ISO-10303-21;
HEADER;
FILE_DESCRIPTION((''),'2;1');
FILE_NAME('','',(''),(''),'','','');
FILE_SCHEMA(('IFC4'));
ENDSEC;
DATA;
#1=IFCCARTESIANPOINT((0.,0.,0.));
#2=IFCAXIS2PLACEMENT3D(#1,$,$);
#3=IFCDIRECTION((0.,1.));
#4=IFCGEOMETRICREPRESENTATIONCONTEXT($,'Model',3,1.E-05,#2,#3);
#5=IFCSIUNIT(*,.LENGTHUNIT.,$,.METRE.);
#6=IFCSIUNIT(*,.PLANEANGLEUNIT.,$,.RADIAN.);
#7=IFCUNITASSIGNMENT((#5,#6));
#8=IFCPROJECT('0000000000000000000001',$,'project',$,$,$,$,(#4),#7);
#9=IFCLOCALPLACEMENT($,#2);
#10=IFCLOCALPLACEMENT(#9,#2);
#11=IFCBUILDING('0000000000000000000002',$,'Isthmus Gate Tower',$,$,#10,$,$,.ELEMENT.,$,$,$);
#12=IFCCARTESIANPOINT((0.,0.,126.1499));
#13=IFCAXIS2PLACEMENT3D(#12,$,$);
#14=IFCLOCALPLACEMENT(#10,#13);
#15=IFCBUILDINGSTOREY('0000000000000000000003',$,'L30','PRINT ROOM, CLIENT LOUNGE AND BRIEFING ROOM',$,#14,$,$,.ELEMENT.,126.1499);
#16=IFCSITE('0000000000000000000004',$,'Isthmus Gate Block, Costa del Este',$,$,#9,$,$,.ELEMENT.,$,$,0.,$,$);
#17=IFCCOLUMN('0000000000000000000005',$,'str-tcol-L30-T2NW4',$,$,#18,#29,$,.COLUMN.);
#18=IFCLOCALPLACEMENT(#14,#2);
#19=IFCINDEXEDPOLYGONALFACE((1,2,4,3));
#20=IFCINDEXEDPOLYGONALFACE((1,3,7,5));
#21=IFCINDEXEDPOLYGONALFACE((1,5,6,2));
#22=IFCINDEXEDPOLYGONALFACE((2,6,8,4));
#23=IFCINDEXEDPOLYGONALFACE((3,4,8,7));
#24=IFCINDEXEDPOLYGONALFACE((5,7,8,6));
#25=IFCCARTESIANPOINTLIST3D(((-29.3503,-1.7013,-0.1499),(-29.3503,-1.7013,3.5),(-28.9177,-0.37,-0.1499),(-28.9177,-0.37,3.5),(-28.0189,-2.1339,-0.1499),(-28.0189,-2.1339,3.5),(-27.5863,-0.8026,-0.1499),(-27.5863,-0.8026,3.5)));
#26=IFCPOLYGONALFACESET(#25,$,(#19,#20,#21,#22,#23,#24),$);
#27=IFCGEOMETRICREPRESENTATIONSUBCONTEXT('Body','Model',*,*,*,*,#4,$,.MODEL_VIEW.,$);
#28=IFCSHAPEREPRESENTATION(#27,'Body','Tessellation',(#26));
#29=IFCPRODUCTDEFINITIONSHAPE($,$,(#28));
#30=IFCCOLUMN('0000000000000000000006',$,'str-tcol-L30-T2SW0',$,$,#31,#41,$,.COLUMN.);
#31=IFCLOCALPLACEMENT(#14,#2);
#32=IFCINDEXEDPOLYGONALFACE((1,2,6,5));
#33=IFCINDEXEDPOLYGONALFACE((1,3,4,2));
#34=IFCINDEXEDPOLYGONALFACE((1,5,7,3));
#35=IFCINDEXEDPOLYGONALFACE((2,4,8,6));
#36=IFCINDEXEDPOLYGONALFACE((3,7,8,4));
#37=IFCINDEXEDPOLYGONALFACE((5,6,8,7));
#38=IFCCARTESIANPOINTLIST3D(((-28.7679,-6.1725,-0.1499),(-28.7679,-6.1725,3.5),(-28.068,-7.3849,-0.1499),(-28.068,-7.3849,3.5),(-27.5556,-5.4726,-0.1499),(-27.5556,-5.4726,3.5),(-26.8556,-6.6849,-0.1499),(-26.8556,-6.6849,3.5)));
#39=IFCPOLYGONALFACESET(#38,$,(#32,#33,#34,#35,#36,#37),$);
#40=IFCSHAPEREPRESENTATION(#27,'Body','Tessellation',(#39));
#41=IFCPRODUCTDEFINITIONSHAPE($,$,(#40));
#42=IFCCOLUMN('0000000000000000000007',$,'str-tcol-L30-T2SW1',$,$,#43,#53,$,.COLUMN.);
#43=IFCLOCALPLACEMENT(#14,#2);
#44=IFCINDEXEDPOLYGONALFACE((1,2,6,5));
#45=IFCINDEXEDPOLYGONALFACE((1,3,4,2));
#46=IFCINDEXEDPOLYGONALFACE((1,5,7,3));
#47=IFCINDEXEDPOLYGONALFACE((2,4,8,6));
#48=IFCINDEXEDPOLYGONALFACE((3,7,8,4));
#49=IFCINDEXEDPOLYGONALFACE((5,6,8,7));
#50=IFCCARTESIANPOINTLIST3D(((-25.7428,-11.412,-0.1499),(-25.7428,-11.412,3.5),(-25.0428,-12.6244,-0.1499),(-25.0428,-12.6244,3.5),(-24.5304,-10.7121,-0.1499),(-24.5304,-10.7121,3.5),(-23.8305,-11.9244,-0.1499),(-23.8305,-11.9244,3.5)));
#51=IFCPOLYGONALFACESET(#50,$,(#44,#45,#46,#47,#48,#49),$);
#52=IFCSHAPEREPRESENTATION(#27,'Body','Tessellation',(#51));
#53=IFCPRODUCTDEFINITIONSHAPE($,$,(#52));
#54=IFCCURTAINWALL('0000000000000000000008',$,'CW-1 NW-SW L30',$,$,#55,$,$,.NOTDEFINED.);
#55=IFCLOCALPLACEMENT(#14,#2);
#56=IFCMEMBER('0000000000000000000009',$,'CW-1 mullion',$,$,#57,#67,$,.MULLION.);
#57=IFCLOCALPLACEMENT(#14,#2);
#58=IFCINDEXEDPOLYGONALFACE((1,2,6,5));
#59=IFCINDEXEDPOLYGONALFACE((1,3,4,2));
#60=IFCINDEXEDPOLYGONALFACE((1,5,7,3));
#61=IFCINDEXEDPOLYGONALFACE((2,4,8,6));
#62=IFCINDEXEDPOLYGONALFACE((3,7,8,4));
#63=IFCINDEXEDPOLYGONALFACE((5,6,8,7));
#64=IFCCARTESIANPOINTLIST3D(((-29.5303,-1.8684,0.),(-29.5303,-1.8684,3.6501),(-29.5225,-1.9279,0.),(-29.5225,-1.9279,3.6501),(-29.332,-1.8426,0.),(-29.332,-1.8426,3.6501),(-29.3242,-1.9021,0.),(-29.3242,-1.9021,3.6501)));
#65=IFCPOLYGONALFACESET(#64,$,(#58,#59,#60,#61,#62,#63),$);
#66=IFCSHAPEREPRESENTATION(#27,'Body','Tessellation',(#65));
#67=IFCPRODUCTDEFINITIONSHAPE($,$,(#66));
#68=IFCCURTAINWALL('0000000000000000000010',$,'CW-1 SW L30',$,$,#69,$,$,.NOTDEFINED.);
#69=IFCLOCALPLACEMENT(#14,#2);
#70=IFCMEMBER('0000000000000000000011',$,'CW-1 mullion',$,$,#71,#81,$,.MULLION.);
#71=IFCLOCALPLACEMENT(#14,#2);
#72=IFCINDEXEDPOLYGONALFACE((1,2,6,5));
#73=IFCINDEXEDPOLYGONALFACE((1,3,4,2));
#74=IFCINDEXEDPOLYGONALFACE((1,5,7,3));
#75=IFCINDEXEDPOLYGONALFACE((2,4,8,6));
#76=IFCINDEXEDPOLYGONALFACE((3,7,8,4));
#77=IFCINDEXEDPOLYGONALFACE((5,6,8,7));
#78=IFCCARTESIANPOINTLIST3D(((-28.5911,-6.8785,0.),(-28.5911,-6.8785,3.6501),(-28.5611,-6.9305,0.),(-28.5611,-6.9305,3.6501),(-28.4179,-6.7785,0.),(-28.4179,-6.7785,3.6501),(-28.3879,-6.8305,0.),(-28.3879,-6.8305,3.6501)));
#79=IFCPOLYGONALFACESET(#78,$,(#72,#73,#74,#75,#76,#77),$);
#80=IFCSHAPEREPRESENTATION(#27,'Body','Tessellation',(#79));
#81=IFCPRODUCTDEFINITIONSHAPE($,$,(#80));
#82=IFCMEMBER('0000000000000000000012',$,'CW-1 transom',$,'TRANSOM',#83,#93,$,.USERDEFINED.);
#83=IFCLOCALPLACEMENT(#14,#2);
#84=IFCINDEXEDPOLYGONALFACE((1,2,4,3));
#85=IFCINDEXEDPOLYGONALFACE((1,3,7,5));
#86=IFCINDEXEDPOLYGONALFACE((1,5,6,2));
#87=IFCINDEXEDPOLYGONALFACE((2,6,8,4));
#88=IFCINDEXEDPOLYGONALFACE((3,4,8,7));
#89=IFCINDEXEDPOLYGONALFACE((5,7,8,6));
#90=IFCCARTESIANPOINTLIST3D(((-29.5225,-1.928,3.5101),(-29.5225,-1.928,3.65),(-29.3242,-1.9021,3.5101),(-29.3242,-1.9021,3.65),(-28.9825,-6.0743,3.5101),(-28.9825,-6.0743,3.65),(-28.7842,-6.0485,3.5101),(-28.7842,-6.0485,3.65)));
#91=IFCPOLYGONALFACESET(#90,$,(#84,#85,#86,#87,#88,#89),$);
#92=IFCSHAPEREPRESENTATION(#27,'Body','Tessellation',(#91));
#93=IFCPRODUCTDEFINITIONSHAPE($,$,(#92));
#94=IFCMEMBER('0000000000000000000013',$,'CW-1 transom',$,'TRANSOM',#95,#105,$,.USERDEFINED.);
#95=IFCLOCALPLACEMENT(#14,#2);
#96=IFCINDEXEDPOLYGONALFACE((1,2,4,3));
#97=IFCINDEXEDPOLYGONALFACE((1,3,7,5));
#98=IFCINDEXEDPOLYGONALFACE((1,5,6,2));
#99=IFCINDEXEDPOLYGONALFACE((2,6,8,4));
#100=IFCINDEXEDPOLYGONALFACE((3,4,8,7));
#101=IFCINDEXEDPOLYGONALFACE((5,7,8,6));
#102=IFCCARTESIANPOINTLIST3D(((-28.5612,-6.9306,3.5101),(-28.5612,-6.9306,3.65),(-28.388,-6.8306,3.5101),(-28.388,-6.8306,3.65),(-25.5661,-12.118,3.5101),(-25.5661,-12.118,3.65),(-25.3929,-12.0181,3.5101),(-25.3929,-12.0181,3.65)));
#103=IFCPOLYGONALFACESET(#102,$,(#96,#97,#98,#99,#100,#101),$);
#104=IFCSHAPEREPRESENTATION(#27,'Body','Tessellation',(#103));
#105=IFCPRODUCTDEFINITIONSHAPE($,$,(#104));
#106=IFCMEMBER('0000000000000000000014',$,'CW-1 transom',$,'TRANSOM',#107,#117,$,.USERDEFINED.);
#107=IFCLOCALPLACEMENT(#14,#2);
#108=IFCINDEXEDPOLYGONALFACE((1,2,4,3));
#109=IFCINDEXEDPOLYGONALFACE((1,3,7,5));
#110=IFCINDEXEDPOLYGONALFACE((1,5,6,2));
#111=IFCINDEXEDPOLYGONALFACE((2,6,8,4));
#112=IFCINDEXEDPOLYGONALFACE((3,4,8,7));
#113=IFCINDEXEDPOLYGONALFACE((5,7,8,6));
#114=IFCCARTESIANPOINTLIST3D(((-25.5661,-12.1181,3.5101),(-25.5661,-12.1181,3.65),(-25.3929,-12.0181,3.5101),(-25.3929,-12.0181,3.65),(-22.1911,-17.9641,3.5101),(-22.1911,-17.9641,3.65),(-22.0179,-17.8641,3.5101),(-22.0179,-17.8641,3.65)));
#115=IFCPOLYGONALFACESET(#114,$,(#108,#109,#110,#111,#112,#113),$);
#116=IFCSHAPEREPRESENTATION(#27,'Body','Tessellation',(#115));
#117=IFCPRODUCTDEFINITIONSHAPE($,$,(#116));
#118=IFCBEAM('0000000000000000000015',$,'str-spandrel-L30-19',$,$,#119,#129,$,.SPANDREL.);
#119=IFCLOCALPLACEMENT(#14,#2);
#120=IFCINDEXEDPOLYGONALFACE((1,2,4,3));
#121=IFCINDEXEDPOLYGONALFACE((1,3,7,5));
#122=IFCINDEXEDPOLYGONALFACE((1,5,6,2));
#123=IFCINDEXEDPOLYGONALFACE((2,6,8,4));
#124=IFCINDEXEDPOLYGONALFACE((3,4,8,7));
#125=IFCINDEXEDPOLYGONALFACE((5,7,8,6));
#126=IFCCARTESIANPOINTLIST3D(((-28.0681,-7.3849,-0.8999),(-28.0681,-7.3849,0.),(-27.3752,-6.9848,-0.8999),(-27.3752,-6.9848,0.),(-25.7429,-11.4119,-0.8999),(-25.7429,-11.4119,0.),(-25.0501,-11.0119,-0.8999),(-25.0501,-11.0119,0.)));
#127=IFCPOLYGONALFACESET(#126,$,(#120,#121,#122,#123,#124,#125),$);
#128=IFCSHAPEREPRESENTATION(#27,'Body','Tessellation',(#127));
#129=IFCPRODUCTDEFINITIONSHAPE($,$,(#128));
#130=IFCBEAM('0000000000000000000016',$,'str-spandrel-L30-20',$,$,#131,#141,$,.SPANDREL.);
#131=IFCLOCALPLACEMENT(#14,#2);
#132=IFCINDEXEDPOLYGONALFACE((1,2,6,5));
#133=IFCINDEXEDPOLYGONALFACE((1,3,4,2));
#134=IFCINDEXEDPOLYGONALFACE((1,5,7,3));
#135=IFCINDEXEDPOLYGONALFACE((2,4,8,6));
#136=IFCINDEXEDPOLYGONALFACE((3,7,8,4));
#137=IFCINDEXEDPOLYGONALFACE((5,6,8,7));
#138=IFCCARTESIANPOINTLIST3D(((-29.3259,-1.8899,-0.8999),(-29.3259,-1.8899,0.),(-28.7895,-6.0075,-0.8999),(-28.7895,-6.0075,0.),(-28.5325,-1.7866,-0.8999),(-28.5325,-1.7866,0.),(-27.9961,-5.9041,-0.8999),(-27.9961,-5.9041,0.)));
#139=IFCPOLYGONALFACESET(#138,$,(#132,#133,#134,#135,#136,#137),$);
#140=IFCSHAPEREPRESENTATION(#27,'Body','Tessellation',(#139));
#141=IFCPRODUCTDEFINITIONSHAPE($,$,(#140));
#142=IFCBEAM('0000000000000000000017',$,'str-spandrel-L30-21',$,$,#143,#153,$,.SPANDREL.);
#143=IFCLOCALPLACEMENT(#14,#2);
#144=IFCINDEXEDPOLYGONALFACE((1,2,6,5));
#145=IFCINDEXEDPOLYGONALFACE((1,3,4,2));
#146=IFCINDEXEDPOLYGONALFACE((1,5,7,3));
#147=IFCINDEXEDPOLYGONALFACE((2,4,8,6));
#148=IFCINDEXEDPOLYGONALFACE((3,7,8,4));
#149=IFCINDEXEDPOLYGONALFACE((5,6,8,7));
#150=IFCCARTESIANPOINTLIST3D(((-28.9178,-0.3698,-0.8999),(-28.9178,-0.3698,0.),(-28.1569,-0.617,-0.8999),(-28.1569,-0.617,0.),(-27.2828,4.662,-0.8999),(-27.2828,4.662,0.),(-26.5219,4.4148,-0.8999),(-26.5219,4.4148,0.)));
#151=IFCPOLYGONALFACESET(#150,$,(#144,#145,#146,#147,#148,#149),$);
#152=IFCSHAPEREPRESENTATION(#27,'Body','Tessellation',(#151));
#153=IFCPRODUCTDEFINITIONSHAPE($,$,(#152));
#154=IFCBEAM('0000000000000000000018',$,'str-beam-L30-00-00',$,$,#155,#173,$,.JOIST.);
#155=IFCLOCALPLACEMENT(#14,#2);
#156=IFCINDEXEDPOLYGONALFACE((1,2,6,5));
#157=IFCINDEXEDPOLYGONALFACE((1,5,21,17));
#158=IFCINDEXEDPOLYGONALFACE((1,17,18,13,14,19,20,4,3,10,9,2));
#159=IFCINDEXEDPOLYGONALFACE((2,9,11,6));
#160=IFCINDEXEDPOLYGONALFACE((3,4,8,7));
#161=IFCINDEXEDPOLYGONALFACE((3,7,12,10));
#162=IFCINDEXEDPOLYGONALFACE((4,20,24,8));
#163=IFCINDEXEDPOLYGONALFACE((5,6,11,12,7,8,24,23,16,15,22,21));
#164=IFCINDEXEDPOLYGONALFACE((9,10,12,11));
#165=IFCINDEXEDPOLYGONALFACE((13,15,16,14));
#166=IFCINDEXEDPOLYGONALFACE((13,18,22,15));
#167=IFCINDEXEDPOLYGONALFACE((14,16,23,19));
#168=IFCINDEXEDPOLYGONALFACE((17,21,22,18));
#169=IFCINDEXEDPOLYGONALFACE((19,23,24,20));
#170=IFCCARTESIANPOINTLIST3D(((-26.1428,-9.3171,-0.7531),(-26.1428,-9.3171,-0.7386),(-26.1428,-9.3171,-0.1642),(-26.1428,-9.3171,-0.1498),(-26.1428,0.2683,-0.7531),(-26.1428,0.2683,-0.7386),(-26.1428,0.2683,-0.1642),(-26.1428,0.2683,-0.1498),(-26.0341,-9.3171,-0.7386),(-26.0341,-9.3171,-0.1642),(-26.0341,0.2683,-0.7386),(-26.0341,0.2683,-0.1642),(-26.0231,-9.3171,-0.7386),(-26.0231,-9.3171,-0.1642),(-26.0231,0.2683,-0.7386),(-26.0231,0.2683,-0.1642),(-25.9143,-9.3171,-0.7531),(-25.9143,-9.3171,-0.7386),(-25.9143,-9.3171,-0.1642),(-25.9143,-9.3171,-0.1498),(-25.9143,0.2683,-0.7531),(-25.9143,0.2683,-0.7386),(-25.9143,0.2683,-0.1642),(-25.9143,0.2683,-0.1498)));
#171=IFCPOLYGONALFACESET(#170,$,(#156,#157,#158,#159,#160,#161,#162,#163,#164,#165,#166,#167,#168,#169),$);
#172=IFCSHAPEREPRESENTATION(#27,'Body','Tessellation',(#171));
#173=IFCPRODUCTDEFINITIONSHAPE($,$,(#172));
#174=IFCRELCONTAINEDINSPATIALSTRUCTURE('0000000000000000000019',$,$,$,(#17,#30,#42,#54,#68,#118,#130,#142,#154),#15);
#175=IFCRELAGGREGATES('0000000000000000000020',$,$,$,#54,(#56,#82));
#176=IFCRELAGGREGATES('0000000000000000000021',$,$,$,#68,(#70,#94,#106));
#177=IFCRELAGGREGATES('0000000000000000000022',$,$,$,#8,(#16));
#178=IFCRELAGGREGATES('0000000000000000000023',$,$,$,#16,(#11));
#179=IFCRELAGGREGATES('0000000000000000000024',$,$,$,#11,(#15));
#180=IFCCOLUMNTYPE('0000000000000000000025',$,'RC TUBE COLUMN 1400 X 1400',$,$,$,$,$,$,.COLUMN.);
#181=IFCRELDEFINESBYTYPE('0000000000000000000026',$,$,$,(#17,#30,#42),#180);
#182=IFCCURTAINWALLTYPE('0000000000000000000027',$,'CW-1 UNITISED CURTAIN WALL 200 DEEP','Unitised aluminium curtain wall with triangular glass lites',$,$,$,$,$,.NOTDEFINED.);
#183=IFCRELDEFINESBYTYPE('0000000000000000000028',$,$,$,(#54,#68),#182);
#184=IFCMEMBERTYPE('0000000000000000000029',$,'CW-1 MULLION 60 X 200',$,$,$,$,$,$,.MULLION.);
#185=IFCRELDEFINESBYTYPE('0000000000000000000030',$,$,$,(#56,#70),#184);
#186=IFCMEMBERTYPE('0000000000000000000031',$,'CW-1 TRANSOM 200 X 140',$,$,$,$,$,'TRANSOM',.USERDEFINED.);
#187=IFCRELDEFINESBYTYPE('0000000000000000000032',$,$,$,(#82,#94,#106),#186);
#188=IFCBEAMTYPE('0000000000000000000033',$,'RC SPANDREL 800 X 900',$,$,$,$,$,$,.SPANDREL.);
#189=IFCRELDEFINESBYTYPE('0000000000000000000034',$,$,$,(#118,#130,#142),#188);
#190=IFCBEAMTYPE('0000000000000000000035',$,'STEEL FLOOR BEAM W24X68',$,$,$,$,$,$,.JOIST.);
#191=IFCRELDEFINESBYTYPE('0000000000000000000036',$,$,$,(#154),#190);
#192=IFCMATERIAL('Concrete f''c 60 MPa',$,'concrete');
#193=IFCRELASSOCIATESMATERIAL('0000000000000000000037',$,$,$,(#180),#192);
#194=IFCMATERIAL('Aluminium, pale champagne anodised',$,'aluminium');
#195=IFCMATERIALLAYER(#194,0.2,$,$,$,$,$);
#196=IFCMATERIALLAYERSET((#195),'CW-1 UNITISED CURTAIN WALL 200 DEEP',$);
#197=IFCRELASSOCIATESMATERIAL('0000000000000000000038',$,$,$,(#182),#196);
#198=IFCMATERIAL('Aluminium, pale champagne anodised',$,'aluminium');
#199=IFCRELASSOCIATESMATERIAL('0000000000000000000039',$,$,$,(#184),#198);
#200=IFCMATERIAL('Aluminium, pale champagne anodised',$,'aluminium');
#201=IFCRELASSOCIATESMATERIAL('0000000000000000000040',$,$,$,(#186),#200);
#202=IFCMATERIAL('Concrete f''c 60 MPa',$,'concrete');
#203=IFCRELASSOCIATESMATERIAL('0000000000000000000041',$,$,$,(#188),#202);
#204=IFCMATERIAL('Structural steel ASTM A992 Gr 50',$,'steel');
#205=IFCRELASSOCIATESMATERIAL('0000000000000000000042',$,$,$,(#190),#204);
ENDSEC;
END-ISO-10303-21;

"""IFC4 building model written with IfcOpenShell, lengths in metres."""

from ifc_helpers import new_model, si_unit, direction, frame, origin, origin_2d, place, context, subcontext, project, spatial, rectangle, i_section, extrude, material, layer, layer_set, material_profile, profile_set, type_object, element, aggregate, save


model = new_model("IFC4")

# Units and contexts
model_context = context("Model", 3, precision=1e-05, world=origin(), true_north=direction((0.0, 1.0)))
body_context = subcontext(model_context, "Body", "Model", "MODEL_VIEW")
ifc_project = project(units=[si_unit("LENGTHUNIT", "METRE"), si_unit("PLANEANGLEUNIT", "RADIAN")], contexts=[model_context])

# Site, building, storey
site_placement = place(None, origin())
site = spatial("IfcSite", under=ifc_project, at=site_placement, Name="Isthmus Gate Block, Costa del Este", CompositionType="ELEMENT", RefElevation=0.0)
building_placement = place(site_placement, origin())
building = spatial("IfcBuilding", under=site, at=building_placement, Name="Isthmus Gate Tower", CompositionType="ELEMENT")
storey_placement = place(building_placement, frame((0.0, 0.0, 126.1499)))
storey = spatial("IfcBuildingStorey", under=building, at=storey_placement, Name="L30", Description="PRINT ROOM, CLIENT LOUNGE AND BRIEFING ROOM", CompositionType="ELEMENT", Elevation=126.1499)

# Columns
ifc_material_1 = material(Name="Concrete f'c 60 MPa", Category="concrete")
ifc_material_profile_1 = material_profile(ifc_material_1, rectangle(XDim=1.3999, YDim=1.3999, at=origin_2d()), Name="RC 1400X1400")
ifc_profile_set_1 = profile_set([ifc_material_profile_1], Name="Concrete f'c 60 MPa")
column_type = type_object("IfcColumnType", Name="RC TUBE COLUMN 1400 X 1400", PredefinedType="COLUMN", material=ifc_profile_set_1)
for number, where, z_axis, x_axis, name in (
    (1, (-28.4683, -1.252, -0.1499), (0.0, 0.0, 1.0), (-0.309017, -0.951057, 0.0), "str-tcol-L30-T2NW4"),
    (2, (-27.8118, -6.4287, -0.1499), (0.0, 0.0, 1.0), (0.5, -0.866025, 0.0), "str-tcol-L30-T2SW0"),
    (3, (-24.7866, -11.6682, -0.1499), (0.0, 0.0, 1.0), (0.5, -0.866025, 0.0), "str-tcol-L30-T2SW1"),
):
    element("IfcColumn", number, at=place(storey_placement, frame(where, z_axis=z_axis, x_axis=x_axis)), inside=storey, type_object=column_type, Name=name, PredefinedType="COLUMN", context=body_context, shape_type="SweptSolid", body=[
        extrude(rectangle(XDim=1.3999, YDim=1.3999, at=origin_2d()), origin(), (0.0, 0.0, 1.0), 3.6499),
    ])

# Curtain walls, members
ifc_material_2 = material(Name="Aluminium, pale champagne anodised", Category="aluminium")
ifc_layer_1 = layer(ifc_material_2, 0.2)
ifc_layer_set_1 = layer_set([ifc_layer_1], Name="CW-1 UNITISED CURTAIN WALL 200 DEEP")
curtain_wall_type = type_object("IfcCurtainWallType", Name="CW-1 UNITISED CURTAIN WALL 200 DEEP", Description="Unitised aluminium curtain wall with triangular glass lites", PredefinedType="NOTDEFINED", material=ifc_layer_set_1)
curtain_wall_1_placement = place(storey_placement, origin())
curtain_wall_1 = element("IfcCurtainWall", 4, at=curtain_wall_1_placement, inside=storey, type_object=curtain_wall_type, Name="CW-1 NW-SW L30", PredefinedType="NOTDEFINED")
ifc_material_3 = material(Name="Aluminium, pale champagne anodised", Category="aluminium")
ifc_material_profile_2 = material_profile(ifc_material_3, rectangle(XDim=0.0601, YDim=0.2, at=origin_2d()), Name="60x200")
ifc_profile_set_2 = profile_set([ifc_material_profile_2], Name="Aluminium, pale champagne anodised")
member_type_1 = type_object("IfcMemberType", Name="CW-1 MULLION 60 X 200", PredefinedType="MULLION", material=ifc_profile_set_2)
member_1_placement = place(storey_placement, frame((-29.4272, -1.8853, 0.0), z_axis=(0.0, 0.0, 1.0), x_axis=(0.129165, -0.991623, 0.0)))
member_1 = element("IfcMember", 5, at=member_1_placement, type_object=member_type_1, Name="CW-1 mullion", PredefinedType="MULLION", context=body_context, shape_type="SweptSolid", body=[
    extrude(rectangle(XDim=0.0601, YDim=0.2, at=origin_2d()), origin(), (0.0, 0.0, 1.0), 3.6501),
])
curtain_wall_2_placement = place(storey_placement, origin())
curtain_wall_2 = element("IfcCurtainWall", 6, at=curtain_wall_2_placement, inside=storey, type_object=curtain_wall_type, Name="CW-1 SW L30", PredefinedType="NOTDEFINED")
member_2_placement = place(storey_placement, frame((-28.4895, -6.8545, 0.0), z_axis=(0.0, 0.0, 1.0), x_axis=(0.5, -0.866025, 0.0)))
member_2 = element("IfcMember", 7, at=member_2_placement, type_object=member_type_1, Name="CW-1 mullion", PredefinedType="MULLION", context=body_context, shape_type="SweptSolid", body=[
    extrude(rectangle(XDim=0.0601, YDim=0.2, at=origin_2d()), origin(), (0.0, 0.0, 1.0), 3.6501),
])

# Members
ifc_material_4 = material(Name="Aluminium, pale champagne anodised", Category="aluminium")
ifc_material_profile_3 = material_profile(ifc_material_4, rectangle(XDim=0.2, YDim=0.1399, at=origin_2d()), Name="200x140")
ifc_profile_set_3 = profile_set([ifc_material_profile_3], Name="Aluminium, pale champagne anodised")
member_type_2 = type_object("IfcMemberType", Name="CW-1 TRANSOM 200 X 140", ElementType="TRANSOM", PredefinedType="USERDEFINED", material=ifc_profile_set_3)
member_3_placement = place(storey_placement, frame((-29.4233, -1.915, 3.5801), z_axis=(0.129149, -0.991625, 0.0), x_axis=(0.991625, 0.129149, 0.0)))
member_3 = element("IfcMember", 8, at=member_3_placement, type_object=member_type_2, Name="CW-1 transom", ObjectType="TRANSOM", PredefinedType="USERDEFINED", context=body_context, shape_type="SweptSolid", body=[
    extrude(rectangle(XDim=0.2, YDim=0.1399, at=origin_2d()), origin(), (0.0, 0.0, 1.0), 4.1814),
])
member_4_placement = place(storey_placement, frame((-28.4746, -6.8806, 3.5801), z_axis=(0.500014, -0.866017, 0.0), x_axis=(0.866017, 0.500014, 0.0)))
member_4 = element("IfcMember", 9, at=member_4_placement, type_object=member_type_2, Name="CW-1 transom", ObjectType="TRANSOM", PredefinedType="USERDEFINED", context=body_context, shape_type="SweptSolid", body=[
    extrude(rectangle(XDim=0.2, YDim=0.1399, at=origin_2d()), origin(), (0.0, 0.0, 1.0), 5.99),
])
member_5_placement = place(storey_placement, frame((-25.4795, -12.0681, 3.5801), z_axis=(0.499982, -0.866036, 0.0), x_axis=(0.866036, 0.499982, 0.0)))
member_5 = element("IfcMember", 10, at=member_5_placement, type_object=member_type_2, Name="CW-1 transom", ObjectType="TRANSOM", PredefinedType="USERDEFINED", context=body_context, shape_type="SweptSolid", body=[
    extrude(rectangle(XDim=0.2, YDim=0.1399, at=origin_2d()), origin(), (0.0, 0.0, 1.0), 6.7502),
])

# Beams
ifc_material_5 = material(Name="Concrete f'c 60 MPa", Category="concrete")
ifc_material_profile_4 = material_profile(ifc_material_5, rectangle(XDim=0.8, YDim=0.8999, at=origin_2d()), Name="RC 800X900")
ifc_profile_set_4 = profile_set([ifc_material_profile_4], Name="Concrete f'c 60 MPa")
beam_type_1 = type_object("IfcBeamType", Name="RC SPANDREL 800 X 900", PredefinedType="SPANDREL", material=ifc_profile_set_4)
beam_1_placement = place(storey_placement, frame((-25.3965, -11.2119, -0.45), z_axis=(-0.500024, 0.866012, 0.0), x_axis=(-0.866012, -0.500024, 0.0)))
element("IfcBeam", 11, at=beam_1_placement, inside=storey, type_object=beam_type_1, Name="str-spandrel-L30-19", PredefinedType="SPANDREL", context=body_context, shape_type="SweptSolid", body=[
    extrude(rectangle(XDim=0.8, YDim=0.8999, at=origin_2d()), origin(), (0.0, 0.0, 1.0), 4.6501),
])
beam_2_placement = place(storey_placement, frame((-28.3928, -5.9558, -0.45), z_axis=(-0.129171, 0.991622, 0.0), x_axis=(-0.991622, -0.129171, 0.0)))
element("IfcBeam", 12, at=beam_2_placement, inside=storey, type_object=beam_type_1, Name="str-spandrel-L30-20", PredefinedType="SPANDREL", context=body_context, shape_type="SweptSolid", body=[
    extrude(rectangle(XDim=0.8, YDim=0.8999, at=origin_2d()), origin(), (0.0, 0.0, 1.0), 4.1523),
])
beam_3_placement = place(storey_placement, frame((-28.5374, -0.4934, -0.45), z_axis=(0.309034, 0.951051, 0.0), x_axis=(-0.951051, 0.309034, 0.0)))
element("IfcBeam", 13, at=beam_3_placement, inside=storey, type_object=beam_type_1, Name="str-spandrel-L30-21", PredefinedType="SPANDREL", context=body_context, shape_type="SweptSolid", body=[
    extrude(rectangle(XDim=0.8, YDim=0.8999, at=origin_2d()), origin(), (0.0, 0.0, 1.0), 5.2908),
])
ifc_material_6 = material(Name="Structural steel ASTM A992 Gr 50", Category="steel")
ifc_material_profile_5 = material_profile(ifc_material_6, i_section(OverallWidth=0.2285, OverallDepth=0.6033, WebThickness=0.011, FlangeThickness=0.0144, at=origin_2d()), Name="W24X68")
ifc_profile_set_5 = profile_set([ifc_material_profile_5], Name="Structural steel ASTM A992 Gr 50")
beam_type_2 = type_object("IfcBeamType", Name="STEEL FLOOR BEAM W24X68", PredefinedType="JOIST", material=ifc_profile_set_5)
beam_4_placement = place(storey_placement, frame((-26.0286, -9.3171, -0.4514), z_axis=(0.0, 1.0, 0.0), x_axis=(-1.0, 0.0, 0.0)))
element("IfcBeam", 14, at=beam_4_placement, inside=storey, type_object=beam_type_2, Name="str-beam-L30-00-00", PredefinedType="JOIST", context=body_context, shape_type="SweptSolid", body=[
    extrude(i_section(OverallWidth=0.2285, OverallDepth=0.6033, WebThickness=0.011, FlangeThickness=0.0144, at=origin_2d()), origin(), (0.0, 0.0, 1.0), 9.5854),
])

aggregate(curtain_wall_1, [member_1, member_3])
aggregate(curtain_wall_2, [member_2, member_4, member_5])

save(model, "model.ifc")
